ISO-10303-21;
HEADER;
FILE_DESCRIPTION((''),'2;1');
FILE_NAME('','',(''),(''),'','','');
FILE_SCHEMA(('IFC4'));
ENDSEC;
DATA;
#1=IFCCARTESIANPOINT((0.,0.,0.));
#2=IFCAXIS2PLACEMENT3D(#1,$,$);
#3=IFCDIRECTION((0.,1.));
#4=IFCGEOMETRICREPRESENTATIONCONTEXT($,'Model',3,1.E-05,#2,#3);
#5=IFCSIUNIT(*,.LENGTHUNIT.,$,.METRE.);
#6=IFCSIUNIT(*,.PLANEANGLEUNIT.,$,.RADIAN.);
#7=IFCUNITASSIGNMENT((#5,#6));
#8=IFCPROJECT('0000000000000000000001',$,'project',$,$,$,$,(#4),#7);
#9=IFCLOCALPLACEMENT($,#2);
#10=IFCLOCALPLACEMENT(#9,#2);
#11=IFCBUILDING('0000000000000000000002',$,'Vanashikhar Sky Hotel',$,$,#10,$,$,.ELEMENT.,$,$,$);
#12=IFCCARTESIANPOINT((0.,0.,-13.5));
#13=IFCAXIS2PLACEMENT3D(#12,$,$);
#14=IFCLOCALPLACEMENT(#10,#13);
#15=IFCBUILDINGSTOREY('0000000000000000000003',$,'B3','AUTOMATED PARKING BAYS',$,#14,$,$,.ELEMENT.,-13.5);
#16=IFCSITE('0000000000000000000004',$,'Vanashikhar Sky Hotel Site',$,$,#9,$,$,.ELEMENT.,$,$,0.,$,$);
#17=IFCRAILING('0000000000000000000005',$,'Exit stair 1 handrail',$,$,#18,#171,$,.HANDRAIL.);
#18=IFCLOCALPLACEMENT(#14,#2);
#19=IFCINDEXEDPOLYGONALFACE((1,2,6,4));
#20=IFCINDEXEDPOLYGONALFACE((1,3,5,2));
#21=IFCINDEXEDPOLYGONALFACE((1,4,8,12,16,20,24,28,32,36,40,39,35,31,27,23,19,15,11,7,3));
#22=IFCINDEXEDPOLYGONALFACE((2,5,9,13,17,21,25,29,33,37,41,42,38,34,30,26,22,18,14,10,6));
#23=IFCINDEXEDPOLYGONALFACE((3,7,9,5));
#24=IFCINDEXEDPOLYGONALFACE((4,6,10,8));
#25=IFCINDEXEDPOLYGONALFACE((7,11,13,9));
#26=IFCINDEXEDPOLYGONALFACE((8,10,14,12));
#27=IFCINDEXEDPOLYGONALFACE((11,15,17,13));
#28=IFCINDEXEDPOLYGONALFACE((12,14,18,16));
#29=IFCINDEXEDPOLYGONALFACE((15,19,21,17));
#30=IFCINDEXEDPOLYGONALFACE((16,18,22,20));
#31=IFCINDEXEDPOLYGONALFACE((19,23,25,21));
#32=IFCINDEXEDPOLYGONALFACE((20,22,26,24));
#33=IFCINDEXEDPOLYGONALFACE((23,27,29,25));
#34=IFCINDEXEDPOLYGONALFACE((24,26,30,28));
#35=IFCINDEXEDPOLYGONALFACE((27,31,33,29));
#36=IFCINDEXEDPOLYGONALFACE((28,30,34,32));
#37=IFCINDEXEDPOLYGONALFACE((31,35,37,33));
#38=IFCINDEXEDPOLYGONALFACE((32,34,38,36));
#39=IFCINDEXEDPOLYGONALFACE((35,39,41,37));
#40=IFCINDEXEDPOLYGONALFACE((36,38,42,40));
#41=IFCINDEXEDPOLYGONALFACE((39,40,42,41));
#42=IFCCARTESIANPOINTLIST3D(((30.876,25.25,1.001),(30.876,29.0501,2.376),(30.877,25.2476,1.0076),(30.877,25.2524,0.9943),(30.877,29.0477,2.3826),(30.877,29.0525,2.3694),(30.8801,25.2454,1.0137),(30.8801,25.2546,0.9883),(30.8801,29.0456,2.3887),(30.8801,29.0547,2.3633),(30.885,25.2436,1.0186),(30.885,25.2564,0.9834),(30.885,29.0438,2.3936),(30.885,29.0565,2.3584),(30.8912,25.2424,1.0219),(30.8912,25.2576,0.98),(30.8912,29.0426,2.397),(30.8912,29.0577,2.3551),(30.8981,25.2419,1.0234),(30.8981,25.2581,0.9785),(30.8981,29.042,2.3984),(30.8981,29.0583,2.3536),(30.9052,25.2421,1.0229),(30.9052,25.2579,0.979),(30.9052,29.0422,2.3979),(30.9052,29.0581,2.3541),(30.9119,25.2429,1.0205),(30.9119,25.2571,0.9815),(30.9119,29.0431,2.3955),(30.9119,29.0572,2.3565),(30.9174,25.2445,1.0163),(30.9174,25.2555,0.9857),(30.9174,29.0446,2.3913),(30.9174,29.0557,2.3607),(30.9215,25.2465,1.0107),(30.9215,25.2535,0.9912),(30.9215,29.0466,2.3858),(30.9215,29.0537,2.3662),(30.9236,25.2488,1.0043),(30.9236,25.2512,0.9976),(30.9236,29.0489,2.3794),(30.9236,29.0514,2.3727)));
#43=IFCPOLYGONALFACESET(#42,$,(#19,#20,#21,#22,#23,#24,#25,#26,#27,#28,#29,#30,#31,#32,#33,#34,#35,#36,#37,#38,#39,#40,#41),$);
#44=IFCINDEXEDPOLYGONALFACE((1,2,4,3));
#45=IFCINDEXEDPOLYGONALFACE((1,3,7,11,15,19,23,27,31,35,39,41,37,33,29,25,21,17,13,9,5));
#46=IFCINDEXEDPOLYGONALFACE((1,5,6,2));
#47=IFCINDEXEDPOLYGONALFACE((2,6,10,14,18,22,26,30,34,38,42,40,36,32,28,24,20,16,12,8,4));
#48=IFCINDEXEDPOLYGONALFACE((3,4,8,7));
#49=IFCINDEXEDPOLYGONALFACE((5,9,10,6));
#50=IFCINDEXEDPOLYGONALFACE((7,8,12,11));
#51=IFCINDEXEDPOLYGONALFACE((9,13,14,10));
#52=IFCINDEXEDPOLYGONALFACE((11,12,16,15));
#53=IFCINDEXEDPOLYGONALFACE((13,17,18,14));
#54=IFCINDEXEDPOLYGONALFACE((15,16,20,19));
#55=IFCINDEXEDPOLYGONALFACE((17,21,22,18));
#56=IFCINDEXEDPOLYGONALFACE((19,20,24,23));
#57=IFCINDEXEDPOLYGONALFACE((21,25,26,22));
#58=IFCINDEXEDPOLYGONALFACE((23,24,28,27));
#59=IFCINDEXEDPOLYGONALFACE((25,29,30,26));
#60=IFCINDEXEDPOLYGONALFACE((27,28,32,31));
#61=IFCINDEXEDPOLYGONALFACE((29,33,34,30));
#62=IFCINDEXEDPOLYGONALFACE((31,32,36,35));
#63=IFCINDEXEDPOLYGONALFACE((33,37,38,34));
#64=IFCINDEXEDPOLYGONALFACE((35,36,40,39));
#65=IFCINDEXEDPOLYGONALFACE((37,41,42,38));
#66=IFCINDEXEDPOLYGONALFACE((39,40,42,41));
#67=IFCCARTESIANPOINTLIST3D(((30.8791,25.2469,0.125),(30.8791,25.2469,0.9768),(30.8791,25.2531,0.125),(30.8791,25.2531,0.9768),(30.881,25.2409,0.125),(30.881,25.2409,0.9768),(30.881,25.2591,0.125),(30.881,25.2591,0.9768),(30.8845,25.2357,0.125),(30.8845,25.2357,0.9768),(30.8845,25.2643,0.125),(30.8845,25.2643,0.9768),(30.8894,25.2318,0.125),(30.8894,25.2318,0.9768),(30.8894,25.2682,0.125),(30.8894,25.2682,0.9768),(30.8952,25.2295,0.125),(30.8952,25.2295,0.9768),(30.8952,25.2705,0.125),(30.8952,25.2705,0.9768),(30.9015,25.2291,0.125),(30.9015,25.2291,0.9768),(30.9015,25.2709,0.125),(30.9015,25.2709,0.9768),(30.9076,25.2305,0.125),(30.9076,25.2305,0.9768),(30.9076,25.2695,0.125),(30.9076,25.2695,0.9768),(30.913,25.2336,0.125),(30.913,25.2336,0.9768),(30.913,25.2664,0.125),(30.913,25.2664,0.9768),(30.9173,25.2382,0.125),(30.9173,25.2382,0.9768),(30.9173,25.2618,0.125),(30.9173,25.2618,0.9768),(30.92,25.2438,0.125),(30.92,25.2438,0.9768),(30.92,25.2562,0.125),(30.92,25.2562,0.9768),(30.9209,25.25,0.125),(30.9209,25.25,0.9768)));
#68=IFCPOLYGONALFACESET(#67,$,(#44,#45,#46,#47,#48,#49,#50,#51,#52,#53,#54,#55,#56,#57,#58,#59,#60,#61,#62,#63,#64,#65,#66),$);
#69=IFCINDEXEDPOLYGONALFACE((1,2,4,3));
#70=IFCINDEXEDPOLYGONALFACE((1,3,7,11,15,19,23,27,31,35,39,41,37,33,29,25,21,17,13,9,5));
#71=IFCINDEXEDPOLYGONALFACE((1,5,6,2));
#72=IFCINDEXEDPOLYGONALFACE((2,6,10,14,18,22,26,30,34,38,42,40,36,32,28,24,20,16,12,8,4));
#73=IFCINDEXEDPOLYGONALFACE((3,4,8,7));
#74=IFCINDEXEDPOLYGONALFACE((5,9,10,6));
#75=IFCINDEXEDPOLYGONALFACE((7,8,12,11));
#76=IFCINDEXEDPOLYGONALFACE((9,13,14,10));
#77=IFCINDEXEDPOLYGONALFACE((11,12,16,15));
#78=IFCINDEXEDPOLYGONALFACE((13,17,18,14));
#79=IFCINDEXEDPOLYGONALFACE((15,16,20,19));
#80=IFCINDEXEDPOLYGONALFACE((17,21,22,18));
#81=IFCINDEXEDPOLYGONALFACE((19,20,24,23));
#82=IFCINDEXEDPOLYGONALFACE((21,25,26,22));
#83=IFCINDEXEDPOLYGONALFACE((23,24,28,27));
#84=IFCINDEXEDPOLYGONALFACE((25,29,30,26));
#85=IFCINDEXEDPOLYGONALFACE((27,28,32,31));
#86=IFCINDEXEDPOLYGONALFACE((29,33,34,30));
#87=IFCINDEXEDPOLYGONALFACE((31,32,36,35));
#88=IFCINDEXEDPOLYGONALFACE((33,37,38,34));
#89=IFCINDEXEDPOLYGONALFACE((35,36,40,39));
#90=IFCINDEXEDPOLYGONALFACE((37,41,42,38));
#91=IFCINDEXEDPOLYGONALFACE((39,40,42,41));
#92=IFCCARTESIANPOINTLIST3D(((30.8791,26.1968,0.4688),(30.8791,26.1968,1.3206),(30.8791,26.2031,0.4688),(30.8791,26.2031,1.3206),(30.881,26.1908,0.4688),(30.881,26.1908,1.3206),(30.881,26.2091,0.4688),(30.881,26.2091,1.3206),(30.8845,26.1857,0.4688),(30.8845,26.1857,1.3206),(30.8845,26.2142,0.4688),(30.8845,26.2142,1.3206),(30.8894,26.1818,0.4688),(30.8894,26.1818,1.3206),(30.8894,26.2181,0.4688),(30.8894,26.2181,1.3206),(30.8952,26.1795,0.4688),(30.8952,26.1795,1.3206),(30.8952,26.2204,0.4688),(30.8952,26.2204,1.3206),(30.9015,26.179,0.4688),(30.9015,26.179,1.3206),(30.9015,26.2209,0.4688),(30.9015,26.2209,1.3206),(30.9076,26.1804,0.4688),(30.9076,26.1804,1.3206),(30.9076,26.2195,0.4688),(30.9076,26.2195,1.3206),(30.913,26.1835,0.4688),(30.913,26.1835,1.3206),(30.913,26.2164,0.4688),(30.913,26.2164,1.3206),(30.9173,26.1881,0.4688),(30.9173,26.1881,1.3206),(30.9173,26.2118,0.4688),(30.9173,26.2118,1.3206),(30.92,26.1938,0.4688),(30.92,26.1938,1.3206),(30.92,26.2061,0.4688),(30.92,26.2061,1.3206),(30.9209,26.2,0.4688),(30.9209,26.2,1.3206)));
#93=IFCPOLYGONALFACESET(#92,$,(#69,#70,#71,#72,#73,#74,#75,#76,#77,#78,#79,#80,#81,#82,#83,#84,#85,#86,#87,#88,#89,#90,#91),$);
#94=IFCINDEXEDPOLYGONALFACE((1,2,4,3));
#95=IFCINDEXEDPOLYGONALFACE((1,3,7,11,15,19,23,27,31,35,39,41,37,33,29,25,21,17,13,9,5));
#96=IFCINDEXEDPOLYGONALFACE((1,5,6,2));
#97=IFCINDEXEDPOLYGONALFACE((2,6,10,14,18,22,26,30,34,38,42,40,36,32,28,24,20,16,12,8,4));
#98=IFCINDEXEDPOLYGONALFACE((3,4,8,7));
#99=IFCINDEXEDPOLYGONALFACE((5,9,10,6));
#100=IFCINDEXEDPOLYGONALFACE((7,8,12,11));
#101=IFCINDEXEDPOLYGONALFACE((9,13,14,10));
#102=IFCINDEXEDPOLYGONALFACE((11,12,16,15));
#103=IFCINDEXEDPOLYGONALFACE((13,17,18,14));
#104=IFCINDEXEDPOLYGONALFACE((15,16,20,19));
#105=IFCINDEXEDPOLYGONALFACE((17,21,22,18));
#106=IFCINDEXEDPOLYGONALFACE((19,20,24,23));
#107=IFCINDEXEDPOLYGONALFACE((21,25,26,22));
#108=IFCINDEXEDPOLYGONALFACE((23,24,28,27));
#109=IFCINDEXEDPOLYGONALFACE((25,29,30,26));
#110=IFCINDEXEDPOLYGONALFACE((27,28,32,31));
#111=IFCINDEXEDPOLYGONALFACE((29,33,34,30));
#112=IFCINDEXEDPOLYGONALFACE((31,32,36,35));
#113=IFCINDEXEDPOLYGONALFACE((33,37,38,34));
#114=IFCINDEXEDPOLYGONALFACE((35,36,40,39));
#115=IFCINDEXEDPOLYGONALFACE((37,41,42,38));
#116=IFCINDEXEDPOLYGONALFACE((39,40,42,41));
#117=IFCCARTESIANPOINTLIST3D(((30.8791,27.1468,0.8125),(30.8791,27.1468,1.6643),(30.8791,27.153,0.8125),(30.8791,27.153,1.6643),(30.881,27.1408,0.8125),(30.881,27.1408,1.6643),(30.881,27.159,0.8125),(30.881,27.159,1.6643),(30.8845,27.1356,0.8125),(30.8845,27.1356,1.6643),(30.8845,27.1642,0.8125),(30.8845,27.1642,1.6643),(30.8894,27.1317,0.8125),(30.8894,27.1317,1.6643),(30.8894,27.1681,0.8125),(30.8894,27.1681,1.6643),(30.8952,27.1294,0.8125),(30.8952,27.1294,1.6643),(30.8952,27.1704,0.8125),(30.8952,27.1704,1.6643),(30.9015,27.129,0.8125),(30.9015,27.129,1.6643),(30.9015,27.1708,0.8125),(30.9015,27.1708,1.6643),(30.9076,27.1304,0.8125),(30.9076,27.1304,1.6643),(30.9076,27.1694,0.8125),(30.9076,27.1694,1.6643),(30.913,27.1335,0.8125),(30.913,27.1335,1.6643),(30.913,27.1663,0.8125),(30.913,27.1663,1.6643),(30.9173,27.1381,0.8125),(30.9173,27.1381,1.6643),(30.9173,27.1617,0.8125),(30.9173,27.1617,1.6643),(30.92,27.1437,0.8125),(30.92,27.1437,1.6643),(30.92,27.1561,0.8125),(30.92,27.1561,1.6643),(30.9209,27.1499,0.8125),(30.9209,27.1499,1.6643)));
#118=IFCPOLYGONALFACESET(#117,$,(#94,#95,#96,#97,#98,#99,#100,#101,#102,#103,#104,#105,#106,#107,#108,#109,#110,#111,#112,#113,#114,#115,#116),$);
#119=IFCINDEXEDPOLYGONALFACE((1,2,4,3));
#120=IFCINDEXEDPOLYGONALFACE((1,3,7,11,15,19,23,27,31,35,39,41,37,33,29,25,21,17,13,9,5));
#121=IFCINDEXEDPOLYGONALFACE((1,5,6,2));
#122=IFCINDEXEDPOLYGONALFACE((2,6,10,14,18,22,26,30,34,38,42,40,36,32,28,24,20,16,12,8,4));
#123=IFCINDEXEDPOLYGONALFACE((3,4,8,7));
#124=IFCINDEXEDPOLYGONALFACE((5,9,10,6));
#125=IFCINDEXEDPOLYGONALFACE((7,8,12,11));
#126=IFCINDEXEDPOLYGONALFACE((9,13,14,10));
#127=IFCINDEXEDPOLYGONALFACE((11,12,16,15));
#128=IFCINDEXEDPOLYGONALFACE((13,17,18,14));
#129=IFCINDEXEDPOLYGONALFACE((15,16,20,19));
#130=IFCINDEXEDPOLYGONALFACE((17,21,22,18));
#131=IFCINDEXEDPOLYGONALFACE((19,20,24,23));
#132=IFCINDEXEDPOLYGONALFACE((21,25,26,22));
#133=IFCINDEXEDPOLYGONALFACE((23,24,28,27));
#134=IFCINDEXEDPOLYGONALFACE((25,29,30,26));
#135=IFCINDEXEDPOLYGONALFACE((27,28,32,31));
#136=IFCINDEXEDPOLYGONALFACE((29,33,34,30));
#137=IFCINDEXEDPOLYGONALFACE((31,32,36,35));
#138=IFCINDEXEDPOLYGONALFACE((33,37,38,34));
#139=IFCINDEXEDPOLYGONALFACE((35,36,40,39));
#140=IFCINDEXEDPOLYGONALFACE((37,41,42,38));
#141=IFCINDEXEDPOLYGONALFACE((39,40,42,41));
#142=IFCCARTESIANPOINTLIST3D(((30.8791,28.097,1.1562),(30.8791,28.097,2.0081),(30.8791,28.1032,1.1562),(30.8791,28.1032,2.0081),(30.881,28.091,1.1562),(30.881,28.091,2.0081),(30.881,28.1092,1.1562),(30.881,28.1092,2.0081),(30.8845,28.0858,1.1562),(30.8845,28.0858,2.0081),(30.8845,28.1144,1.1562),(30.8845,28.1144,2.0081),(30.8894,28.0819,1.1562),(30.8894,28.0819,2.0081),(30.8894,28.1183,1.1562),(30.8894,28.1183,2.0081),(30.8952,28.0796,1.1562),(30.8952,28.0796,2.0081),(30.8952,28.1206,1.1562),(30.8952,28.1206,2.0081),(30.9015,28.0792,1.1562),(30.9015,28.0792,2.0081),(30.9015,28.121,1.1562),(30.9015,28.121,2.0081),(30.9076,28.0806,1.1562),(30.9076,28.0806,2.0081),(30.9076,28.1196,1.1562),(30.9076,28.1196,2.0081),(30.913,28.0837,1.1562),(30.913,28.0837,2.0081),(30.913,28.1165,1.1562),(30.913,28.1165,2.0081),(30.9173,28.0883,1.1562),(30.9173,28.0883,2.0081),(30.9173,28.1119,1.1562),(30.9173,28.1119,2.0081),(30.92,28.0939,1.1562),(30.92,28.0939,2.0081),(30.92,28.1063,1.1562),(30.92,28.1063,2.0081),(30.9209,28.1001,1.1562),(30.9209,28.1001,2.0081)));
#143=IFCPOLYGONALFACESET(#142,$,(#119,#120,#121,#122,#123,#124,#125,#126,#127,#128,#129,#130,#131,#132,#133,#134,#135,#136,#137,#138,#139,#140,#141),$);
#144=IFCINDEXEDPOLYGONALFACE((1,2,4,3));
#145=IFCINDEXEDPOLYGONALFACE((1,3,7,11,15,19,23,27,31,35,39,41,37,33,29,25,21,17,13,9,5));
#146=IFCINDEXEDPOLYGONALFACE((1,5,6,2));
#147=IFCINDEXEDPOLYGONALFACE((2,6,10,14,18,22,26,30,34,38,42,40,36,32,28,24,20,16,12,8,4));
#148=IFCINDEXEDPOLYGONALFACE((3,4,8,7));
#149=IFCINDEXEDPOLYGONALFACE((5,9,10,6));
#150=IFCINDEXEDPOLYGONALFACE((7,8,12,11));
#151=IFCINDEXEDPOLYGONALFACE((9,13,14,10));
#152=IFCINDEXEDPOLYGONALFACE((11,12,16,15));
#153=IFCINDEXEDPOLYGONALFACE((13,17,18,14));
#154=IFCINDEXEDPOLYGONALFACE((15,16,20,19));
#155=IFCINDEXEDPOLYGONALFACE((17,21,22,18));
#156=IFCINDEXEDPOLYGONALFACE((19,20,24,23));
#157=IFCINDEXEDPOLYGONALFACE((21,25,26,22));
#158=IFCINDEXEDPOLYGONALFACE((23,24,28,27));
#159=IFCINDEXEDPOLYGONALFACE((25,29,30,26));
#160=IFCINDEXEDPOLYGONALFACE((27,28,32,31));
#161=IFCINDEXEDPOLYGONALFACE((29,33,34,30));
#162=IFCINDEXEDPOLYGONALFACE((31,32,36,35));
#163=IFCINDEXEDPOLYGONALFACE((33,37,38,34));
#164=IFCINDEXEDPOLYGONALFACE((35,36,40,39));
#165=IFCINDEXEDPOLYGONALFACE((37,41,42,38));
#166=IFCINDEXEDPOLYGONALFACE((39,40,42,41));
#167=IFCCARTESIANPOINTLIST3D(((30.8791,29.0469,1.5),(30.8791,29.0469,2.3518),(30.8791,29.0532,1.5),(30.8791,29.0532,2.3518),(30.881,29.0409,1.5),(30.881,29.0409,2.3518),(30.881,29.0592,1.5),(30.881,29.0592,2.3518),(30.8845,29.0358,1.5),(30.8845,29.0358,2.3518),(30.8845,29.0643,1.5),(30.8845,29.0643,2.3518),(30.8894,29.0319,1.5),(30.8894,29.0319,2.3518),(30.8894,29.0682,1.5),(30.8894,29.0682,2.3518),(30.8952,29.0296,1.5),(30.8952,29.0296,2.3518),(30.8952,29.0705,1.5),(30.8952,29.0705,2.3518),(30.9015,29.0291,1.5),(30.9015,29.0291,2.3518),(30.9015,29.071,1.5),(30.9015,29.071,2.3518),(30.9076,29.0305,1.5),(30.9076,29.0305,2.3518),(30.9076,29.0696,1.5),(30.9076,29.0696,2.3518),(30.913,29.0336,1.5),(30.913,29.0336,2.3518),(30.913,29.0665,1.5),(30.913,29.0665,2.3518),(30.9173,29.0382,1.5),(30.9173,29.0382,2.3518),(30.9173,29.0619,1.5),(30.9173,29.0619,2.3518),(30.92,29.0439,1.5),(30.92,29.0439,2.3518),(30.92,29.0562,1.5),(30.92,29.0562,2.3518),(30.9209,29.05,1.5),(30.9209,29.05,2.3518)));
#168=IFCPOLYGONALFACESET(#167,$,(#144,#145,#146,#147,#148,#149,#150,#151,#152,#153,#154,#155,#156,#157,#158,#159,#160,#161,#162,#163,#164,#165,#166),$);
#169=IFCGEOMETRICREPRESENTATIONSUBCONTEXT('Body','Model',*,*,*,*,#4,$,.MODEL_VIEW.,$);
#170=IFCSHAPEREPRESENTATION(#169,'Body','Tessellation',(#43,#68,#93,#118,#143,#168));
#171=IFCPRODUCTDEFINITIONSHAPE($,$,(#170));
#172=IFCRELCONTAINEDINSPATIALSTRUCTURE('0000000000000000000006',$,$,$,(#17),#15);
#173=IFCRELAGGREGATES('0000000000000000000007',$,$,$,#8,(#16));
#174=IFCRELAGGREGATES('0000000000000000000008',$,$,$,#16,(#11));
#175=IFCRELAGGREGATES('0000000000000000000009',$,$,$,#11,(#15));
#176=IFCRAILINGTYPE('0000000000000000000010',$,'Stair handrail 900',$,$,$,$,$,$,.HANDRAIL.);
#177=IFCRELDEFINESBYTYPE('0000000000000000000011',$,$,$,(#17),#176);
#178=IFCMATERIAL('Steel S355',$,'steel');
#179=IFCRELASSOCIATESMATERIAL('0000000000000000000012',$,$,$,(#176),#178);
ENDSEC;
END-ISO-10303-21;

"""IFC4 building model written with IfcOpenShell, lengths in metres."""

from ifc_helpers import new_model, si_unit, direction, frame, origin, origin_2d, place, context, subcontext, project, spatial, circle, extrude, source, transform, mapped, material, type_object, element, save


model = new_model("IFC4")

# Units and contexts
model_context = context("Model", 3, precision=1e-05, world=origin(), true_north=direction((0.0, 1.0)))
body_context = subcontext(model_context, "Body", "Model", "MODEL_VIEW")
ifc_project = project(units=[si_unit("LENGTHUNIT", "METRE"), si_unit("PLANEANGLEUNIT", "RADIAN")], contexts=[model_context])

# Site, building, storey
site_placement = place(None, origin())
site = spatial("IfcSite", under=ifc_project, at=site_placement, Name="Vanashikhar Sky Hotel Site", CompositionType="ELEMENT", RefElevation=0.0)
building_placement = place(site_placement, origin())
building = spatial("IfcBuilding", under=site, at=building_placement, Name="Vanashikhar Sky Hotel", CompositionType="ELEMENT")
storey_placement = place(building_placement, frame((0.0, 0.0, -13.5)))
storey = spatial("IfcBuildingStorey", under=building, at=storey_placement, Name="B3", Description="AUTOMATED PARKING BAYS", CompositionType="ELEMENT", Elevation=-13.5)

# Railing
ifc_material_1 = material(Name="Steel S355", Category="steel")
railing_type = type_object("IfcRailingType", Name="Stair handrail 900", PredefinedType="HANDRAIL", material=ifc_material_1)
shared_shape_1 = source(origin(), body_context, "Body", "SweptSolid", [
    extrude(circle(Radius=0.0239, at=origin_2d()), frame((0.0, 0.0, 0.876), z_axis=(0.0, 0.940336, 0.340249), x_axis=(-1.0, 0.0, 0.0)), (0.0, 0.0, 1.0), 4.0413),
    extrude(circle(Radius=0.021, at=origin_2d()), origin(), (0.0, 0.0, 1.0), 0.8518),
    extrude(circle(Radius=0.021, at=origin_2d()), frame((0.0, 0.95, 0.3438)), (0.0, 0.0, 1.0), 0.8518),
    extrude(circle(Radius=0.021, at=origin_2d()), frame((0.0, 1.8999, 0.6875)), (0.0, 0.0, 1.0), 0.8518),
    extrude(circle(Radius=0.021, at=origin_2d()), frame((0.0, 2.8501, 1.0312)), (0.0, 0.0, 1.0), 0.8518),
    extrude(circle(Radius=0.021, at=origin_2d()), frame((0.0, 3.8, 1.375)), (0.0, 0.0, 1.0), 0.8518),
])
for number, where, name in (
    (1, (30.8999, 25.25, 0.125), "Exit stair 1 handrail"),
):
    element("IfcRailing", number, at=place(storey_placement, frame(where)), inside=storey, type_object=railing_type, Name=name, PredefinedType="HANDRAIL", context=body_context, shape_type="MappedRepresentation", body=[
        mapped(shared_shape_1, transform((0.0, 0.0, 0.0), scale=1.0)),
    ])

save(model, "model.ifc")
